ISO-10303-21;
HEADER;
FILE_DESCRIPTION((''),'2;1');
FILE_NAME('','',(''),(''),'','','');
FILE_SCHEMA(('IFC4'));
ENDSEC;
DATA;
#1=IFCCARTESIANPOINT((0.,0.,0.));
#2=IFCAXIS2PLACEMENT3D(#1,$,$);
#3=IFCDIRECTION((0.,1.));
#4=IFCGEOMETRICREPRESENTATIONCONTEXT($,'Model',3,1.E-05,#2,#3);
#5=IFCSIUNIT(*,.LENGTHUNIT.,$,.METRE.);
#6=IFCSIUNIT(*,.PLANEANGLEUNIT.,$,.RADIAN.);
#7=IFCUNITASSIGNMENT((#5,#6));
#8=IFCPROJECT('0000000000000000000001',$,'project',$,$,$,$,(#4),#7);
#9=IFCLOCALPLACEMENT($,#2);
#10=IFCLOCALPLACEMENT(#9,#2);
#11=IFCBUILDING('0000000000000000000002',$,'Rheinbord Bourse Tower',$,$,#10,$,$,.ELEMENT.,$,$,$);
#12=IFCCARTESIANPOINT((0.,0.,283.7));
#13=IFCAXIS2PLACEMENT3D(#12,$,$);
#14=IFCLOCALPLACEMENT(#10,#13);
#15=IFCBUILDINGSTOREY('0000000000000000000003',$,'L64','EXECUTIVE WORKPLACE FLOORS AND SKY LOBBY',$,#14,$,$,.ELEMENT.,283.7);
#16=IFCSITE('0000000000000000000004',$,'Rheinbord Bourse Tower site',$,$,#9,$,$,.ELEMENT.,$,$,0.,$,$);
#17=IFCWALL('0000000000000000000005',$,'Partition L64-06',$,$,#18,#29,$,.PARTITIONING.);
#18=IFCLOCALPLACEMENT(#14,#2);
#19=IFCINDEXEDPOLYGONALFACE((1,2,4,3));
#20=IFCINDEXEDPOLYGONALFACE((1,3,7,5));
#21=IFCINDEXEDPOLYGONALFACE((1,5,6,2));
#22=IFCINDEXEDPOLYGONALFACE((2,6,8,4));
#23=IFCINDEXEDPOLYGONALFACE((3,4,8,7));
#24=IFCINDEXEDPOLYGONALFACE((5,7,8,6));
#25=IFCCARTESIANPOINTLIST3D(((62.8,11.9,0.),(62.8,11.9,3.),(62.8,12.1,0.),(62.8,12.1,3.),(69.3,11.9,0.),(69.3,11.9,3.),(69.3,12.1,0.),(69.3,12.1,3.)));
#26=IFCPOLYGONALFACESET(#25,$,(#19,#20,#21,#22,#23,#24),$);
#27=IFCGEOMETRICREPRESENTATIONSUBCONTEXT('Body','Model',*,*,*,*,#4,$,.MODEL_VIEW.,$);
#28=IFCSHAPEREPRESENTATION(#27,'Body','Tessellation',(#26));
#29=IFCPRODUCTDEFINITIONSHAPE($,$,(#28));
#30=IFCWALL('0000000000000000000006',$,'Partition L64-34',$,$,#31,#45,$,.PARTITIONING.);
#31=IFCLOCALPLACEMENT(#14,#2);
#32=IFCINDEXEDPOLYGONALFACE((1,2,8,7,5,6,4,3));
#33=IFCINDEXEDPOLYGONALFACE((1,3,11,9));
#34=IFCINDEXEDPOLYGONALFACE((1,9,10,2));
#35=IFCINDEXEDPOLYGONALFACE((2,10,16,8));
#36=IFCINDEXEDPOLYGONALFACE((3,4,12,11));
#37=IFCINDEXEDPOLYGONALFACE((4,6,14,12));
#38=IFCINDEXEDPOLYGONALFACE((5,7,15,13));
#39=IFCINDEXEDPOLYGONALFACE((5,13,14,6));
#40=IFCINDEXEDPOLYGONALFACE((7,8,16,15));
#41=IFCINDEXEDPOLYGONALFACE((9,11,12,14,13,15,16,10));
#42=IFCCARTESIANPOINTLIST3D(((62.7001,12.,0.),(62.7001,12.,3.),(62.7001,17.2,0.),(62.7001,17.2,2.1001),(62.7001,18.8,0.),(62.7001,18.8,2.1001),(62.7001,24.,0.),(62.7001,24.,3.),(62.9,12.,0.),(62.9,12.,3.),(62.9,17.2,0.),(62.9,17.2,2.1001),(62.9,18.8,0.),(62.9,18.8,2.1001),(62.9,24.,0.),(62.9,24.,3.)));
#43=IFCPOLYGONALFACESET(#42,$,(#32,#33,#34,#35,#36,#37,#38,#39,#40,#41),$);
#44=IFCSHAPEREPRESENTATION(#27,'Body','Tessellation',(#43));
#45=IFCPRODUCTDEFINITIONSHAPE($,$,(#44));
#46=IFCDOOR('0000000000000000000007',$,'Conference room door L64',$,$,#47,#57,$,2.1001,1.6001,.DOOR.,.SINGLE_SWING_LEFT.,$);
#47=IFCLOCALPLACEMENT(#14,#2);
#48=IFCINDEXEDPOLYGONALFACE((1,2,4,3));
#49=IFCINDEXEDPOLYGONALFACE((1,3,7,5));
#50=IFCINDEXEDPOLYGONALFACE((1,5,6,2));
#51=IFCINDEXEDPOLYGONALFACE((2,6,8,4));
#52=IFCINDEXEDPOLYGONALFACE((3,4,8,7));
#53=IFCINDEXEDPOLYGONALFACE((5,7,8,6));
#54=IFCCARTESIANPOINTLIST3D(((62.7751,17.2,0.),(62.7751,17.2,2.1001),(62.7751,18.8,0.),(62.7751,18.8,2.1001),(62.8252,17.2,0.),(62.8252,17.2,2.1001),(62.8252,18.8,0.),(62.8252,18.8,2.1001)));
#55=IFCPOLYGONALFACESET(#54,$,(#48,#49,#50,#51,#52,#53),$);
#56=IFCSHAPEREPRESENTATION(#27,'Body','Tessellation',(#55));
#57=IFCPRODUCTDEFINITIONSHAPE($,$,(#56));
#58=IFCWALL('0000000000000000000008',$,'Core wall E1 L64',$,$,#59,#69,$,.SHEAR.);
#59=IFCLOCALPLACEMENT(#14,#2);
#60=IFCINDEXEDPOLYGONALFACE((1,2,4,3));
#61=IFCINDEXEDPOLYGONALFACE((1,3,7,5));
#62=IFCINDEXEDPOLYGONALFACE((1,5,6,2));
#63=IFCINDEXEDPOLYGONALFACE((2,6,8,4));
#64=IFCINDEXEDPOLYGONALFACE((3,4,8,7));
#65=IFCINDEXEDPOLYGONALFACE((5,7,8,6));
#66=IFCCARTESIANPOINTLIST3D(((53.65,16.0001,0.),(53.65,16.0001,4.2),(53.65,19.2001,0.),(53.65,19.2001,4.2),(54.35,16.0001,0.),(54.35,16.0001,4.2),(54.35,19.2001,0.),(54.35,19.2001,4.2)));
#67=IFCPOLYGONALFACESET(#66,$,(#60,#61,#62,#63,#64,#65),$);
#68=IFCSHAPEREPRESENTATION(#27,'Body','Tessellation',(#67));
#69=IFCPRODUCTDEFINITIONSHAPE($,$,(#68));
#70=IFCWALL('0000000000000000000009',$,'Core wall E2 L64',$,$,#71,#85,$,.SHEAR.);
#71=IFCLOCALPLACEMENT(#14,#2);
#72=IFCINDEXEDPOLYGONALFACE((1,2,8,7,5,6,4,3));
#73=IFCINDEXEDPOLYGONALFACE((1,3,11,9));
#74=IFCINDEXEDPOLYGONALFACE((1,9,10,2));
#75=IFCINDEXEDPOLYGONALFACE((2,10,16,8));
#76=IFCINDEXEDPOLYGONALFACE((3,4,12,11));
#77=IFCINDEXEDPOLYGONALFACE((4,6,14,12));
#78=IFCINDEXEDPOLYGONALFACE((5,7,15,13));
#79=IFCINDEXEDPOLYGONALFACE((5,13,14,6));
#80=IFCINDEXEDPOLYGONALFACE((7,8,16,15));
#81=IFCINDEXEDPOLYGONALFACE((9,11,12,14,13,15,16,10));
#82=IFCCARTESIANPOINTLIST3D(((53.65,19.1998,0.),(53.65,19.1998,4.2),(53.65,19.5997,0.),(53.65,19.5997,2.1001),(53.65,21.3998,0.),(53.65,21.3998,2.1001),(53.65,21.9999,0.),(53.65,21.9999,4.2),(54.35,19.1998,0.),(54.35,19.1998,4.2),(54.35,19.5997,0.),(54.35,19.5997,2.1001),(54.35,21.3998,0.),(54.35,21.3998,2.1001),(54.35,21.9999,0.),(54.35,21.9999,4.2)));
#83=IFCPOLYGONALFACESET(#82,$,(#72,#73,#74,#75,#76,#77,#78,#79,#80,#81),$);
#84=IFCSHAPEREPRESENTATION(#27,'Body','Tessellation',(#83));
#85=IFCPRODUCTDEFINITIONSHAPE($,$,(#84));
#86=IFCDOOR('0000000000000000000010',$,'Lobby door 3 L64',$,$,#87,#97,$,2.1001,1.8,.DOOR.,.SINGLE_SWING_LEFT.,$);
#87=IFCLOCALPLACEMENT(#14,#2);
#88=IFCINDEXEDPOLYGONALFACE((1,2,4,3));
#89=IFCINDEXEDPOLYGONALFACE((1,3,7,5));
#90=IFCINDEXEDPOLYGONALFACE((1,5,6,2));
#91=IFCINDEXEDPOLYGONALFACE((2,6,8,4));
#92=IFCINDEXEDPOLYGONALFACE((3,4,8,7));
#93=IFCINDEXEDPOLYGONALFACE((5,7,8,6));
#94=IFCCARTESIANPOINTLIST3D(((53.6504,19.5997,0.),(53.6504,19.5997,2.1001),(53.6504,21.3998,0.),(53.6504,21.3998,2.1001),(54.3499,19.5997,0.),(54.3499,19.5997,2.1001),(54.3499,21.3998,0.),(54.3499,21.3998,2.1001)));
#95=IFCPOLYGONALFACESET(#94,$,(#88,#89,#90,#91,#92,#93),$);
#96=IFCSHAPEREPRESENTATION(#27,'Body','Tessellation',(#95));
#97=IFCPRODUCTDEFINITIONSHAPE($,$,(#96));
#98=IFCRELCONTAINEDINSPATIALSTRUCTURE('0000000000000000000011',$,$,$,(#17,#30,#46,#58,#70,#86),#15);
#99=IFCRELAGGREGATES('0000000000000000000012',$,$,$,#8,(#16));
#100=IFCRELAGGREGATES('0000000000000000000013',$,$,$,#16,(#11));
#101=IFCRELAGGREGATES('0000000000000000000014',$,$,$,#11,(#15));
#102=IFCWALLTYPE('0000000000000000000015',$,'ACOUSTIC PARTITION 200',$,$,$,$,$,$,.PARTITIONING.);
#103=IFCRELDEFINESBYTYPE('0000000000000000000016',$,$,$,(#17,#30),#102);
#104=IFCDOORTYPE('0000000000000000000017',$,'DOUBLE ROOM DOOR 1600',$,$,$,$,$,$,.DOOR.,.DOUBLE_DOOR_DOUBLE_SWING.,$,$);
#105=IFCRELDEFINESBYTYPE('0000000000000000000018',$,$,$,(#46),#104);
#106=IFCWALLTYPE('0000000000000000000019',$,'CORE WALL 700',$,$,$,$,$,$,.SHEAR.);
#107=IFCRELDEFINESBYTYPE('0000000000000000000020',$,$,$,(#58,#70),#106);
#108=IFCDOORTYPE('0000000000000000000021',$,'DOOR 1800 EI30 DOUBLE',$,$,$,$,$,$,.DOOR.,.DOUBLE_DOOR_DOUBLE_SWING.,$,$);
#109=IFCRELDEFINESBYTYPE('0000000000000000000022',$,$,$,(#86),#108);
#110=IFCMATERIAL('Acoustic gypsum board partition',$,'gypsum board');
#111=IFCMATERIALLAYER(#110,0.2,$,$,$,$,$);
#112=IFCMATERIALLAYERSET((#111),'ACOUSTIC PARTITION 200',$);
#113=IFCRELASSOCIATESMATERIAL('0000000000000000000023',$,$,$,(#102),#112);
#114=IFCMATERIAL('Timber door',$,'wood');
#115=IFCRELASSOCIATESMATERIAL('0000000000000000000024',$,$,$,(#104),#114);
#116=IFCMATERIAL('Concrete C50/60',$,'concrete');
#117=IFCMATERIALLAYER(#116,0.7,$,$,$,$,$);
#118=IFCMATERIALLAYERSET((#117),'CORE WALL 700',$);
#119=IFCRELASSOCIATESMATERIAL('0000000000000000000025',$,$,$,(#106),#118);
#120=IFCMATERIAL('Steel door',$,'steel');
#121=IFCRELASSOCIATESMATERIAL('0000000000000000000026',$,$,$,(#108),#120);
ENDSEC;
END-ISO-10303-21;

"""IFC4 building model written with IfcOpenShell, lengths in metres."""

from ifc_helpers import new_model, si_unit, direction, frame, frame_2d, origin, place, context, subcontext, project, spatial, rectangle, extrude, material, layer, layer_set, type_object, element, fill, save


model = new_model("IFC4")

# Units and contexts
model_context = context("Model", 3, precision=1e-05, world=origin(), true_north=direction((0.0, 1.0)))
body_context = subcontext(model_context, "Body", "Model", "MODEL_VIEW")
ifc_project = project(units=[si_unit("LENGTHUNIT", "METRE"), si_unit("PLANEANGLEUNIT", "RADIAN")], contexts=[model_context])

# Site, building, storey
site_placement = place(None, origin())
site = spatial("IfcSite", under=ifc_project, at=site_placement, Name="Rheinbord Bourse Tower site", CompositionType="ELEMENT", RefElevation=0.0)
building_placement = place(site_placement, origin())
building = spatial("IfcBuilding", under=site, at=building_placement, Name="Rheinbord Bourse Tower", CompositionType="ELEMENT")
storey_placement = place(building_placement, frame((0.0, 0.0, 283.7)))
storey = spatial("IfcBuildingStorey", under=building, at=storey_placement, Name="L64", Description="EXECUTIVE WORKPLACE FLOORS AND SKY LOBBY", CompositionType="ELEMENT", Elevation=283.7)

# Wall
ifc_material_1 = material(Name="Acoustic gypsum board partition", Category="gypsum board")
ifc_layer_1 = layer(ifc_material_1, 0.2)
ifc_layer_set_1 = layer_set([ifc_layer_1], Name="ACOUSTIC PARTITION 200")
wall_type_1 = type_object("IfcWallType", Name="ACOUSTIC PARTITION 200", PredefinedType="PARTITIONING", material=ifc_layer_set_1)
wall_1_placement = place(storey_placement, frame((62.8, 12.0, 0.0), z_axis=(0.0, 0.0, 1.0), x_axis=(1.0, 0.0, 0.0)))
element("IfcWall", 1, at=wall_1_placement, inside=storey, type_object=wall_type_1, Name="Partition L64-06", PredefinedType="PARTITIONING", context=body_context, shape_type="SweptSolid", body=[
    extrude(rectangle(XDim=6.5, YDim=0.2, at=frame_2d((3.25, 0.0))), origin(), (0.0, 0.0, 1.0), 3.0),
])

# Wall, opening, door
wall_2_placement = place(storey_placement, frame((62.8, 12.0, 0.0), z_axis=(0.0, 0.0, 1.0), x_axis=(0.0, 1.0, 0.0)))
wall_2 = element("IfcWall", 2, at=wall_2_placement, inside=storey, type_object=wall_type_1, Name="Partition L64-34", PredefinedType="PARTITIONING", context=body_context, shape_type="SweptSolid", body=[
    extrude(rectangle(XDim=12.0, YDim=0.2, at=frame_2d((6.0, 0.0))), origin(), (0.0, 0.0, 1.0), 3.0),
])
opening_1_placement = place(wall_2_placement, frame((5.2, 0.0, 0.0)))
opening_1 = element("IfcOpeningElement", 3, at=opening_1_placement, cuts=wall_2, PredefinedType="OPENING", context=body_context, shape_type="SweptSolid", body=[
    extrude(rectangle(XDim=1.6001, YDim=2.1001, at=frame_2d((0.8, 1.05))), frame((0.0, 0.1099, 0.0), z_axis=(0.0, -1.0, 0.0), x_axis=(1.0, 0.0, 0.0)), (0.0, 0.0, 1.0), 0.22),
])
ifc_material_2 = material(Name="Timber door", Category="wood")
door_type_1 = type_object("IfcDoorType", Name="DOUBLE ROOM DOOR 1600", OperationType="DOUBLE_DOOR_DOUBLE_SWING", PredefinedType="DOOR", material=ifc_material_2)
door_1_placement = place(opening_1_placement, origin())
door_1 = element("IfcDoor", 4, at=door_1_placement, inside=storey, type_object=door_type_1, Name="Conference room door L64", OperationType="SINGLE_SWING_LEFT", OverallHeight=2.1001, OverallWidth=1.6001, PredefinedType="DOOR", context=body_context, shape_type="SweptSolid", body=[
    extrude(rectangle(XDim=1.6001, YDim=2.1001, at=frame_2d((0.8, 1.05))), frame((0.0, 0.0249, 0.0), z_axis=(0.0, -1.0, 0.0), x_axis=(1.0, 0.0, 0.0)), (0.0, 0.0, 1.0), 0.05),
])
fill(opening_1, door_1)

# Wall
ifc_material_3 = material(Name="Concrete C50/60", Category="concrete")
ifc_layer_2 = layer(ifc_material_3, 0.7)
ifc_layer_set_2 = layer_set([ifc_layer_2], Name="CORE WALL 700")
wall_type_2 = type_object("IfcWallType", Name="CORE WALL 700", PredefinedType="SHEAR", material=ifc_layer_set_2)
wall_3_placement = place(storey_placement, frame((54.0, 16.0, 0.0), z_axis=(0.0, 0.0, 1.0), x_axis=(0.0, 1.0, 0.0)))
element("IfcWall", 5, at=wall_3_placement, inside=storey, type_object=wall_type_2, Name="Core wall E1 L64", PredefinedType="SHEAR", context=body_context, shape_type="SweptSolid", body=[
    extrude(rectangle(XDim=3.2, YDim=0.7, at=frame_2d((1.6001, 0.0))), origin(), (0.0, 0.0, 1.0), 4.2),
])

# Wall, opening, door
wall_4_placement = place(storey_placement, frame((54.0, 19.2, 0.0), z_axis=(0.0, 0.0, 1.0), x_axis=(0.0, 1.0, 0.0)))
wall_4 = element("IfcWall", 6, at=wall_4_placement, inside=storey, type_object=wall_type_2, Name="Core wall E2 L64", PredefinedType="SHEAR", context=body_context, shape_type="SweptSolid", body=[
    extrude(rectangle(XDim=2.8, YDim=0.7, at=frame_2d((1.3999, 0.0))), origin(), (0.0, 0.0, 1.0), 4.2),
])
opening_2_placement = place(wall_4_placement, frame((0.3999, 0.0, 0.0)))
opening_2 = element("IfcOpeningElement", 7, at=opening_2_placement, cuts=wall_4, PredefinedType="OPENING", context=body_context, shape_type="SweptSolid", body=[
    extrude(rectangle(XDim=1.8, YDim=2.1001, at=frame_2d((0.8999, 1.05))), frame((0.0, 0.3599, 0.0), z_axis=(0.0, -1.0, 0.0), x_axis=(1.0, 0.0, 0.0)), (0.0, 0.0, 1.0), 0.72),
])
ifc_material_4 = material(Name="Steel door", Category="steel")
door_type_2 = type_object("IfcDoorType", Name="DOOR 1800 EI30 DOUBLE", OperationType="DOUBLE_DOOR_DOUBLE_SWING", PredefinedType="DOOR", material=ifc_material_4)
door_2_placement = place(opening_2_placement, origin())
door_2 = element("IfcDoor", 8, at=door_2_placement, inside=storey, type_object=door_type_2, Name="Lobby door 3 L64", OperationType="SINGLE_SWING_LEFT", OverallHeight=2.1001, OverallWidth=1.8, PredefinedType="DOOR", context=body_context, shape_type="SweptSolid", body=[
    extrude(rectangle(XDim=1.8, YDim=2.1001, at=frame_2d((0.8999, 1.05))), frame((0.0, 0.3496, 0.0), z_axis=(0.0, -1.0, 0.0), x_axis=(1.0, 0.0, 0.0)), (0.0, 0.0, 1.0), 0.6995),
])
fill(opening_2, door_2)

save(model, "model.ifc")
